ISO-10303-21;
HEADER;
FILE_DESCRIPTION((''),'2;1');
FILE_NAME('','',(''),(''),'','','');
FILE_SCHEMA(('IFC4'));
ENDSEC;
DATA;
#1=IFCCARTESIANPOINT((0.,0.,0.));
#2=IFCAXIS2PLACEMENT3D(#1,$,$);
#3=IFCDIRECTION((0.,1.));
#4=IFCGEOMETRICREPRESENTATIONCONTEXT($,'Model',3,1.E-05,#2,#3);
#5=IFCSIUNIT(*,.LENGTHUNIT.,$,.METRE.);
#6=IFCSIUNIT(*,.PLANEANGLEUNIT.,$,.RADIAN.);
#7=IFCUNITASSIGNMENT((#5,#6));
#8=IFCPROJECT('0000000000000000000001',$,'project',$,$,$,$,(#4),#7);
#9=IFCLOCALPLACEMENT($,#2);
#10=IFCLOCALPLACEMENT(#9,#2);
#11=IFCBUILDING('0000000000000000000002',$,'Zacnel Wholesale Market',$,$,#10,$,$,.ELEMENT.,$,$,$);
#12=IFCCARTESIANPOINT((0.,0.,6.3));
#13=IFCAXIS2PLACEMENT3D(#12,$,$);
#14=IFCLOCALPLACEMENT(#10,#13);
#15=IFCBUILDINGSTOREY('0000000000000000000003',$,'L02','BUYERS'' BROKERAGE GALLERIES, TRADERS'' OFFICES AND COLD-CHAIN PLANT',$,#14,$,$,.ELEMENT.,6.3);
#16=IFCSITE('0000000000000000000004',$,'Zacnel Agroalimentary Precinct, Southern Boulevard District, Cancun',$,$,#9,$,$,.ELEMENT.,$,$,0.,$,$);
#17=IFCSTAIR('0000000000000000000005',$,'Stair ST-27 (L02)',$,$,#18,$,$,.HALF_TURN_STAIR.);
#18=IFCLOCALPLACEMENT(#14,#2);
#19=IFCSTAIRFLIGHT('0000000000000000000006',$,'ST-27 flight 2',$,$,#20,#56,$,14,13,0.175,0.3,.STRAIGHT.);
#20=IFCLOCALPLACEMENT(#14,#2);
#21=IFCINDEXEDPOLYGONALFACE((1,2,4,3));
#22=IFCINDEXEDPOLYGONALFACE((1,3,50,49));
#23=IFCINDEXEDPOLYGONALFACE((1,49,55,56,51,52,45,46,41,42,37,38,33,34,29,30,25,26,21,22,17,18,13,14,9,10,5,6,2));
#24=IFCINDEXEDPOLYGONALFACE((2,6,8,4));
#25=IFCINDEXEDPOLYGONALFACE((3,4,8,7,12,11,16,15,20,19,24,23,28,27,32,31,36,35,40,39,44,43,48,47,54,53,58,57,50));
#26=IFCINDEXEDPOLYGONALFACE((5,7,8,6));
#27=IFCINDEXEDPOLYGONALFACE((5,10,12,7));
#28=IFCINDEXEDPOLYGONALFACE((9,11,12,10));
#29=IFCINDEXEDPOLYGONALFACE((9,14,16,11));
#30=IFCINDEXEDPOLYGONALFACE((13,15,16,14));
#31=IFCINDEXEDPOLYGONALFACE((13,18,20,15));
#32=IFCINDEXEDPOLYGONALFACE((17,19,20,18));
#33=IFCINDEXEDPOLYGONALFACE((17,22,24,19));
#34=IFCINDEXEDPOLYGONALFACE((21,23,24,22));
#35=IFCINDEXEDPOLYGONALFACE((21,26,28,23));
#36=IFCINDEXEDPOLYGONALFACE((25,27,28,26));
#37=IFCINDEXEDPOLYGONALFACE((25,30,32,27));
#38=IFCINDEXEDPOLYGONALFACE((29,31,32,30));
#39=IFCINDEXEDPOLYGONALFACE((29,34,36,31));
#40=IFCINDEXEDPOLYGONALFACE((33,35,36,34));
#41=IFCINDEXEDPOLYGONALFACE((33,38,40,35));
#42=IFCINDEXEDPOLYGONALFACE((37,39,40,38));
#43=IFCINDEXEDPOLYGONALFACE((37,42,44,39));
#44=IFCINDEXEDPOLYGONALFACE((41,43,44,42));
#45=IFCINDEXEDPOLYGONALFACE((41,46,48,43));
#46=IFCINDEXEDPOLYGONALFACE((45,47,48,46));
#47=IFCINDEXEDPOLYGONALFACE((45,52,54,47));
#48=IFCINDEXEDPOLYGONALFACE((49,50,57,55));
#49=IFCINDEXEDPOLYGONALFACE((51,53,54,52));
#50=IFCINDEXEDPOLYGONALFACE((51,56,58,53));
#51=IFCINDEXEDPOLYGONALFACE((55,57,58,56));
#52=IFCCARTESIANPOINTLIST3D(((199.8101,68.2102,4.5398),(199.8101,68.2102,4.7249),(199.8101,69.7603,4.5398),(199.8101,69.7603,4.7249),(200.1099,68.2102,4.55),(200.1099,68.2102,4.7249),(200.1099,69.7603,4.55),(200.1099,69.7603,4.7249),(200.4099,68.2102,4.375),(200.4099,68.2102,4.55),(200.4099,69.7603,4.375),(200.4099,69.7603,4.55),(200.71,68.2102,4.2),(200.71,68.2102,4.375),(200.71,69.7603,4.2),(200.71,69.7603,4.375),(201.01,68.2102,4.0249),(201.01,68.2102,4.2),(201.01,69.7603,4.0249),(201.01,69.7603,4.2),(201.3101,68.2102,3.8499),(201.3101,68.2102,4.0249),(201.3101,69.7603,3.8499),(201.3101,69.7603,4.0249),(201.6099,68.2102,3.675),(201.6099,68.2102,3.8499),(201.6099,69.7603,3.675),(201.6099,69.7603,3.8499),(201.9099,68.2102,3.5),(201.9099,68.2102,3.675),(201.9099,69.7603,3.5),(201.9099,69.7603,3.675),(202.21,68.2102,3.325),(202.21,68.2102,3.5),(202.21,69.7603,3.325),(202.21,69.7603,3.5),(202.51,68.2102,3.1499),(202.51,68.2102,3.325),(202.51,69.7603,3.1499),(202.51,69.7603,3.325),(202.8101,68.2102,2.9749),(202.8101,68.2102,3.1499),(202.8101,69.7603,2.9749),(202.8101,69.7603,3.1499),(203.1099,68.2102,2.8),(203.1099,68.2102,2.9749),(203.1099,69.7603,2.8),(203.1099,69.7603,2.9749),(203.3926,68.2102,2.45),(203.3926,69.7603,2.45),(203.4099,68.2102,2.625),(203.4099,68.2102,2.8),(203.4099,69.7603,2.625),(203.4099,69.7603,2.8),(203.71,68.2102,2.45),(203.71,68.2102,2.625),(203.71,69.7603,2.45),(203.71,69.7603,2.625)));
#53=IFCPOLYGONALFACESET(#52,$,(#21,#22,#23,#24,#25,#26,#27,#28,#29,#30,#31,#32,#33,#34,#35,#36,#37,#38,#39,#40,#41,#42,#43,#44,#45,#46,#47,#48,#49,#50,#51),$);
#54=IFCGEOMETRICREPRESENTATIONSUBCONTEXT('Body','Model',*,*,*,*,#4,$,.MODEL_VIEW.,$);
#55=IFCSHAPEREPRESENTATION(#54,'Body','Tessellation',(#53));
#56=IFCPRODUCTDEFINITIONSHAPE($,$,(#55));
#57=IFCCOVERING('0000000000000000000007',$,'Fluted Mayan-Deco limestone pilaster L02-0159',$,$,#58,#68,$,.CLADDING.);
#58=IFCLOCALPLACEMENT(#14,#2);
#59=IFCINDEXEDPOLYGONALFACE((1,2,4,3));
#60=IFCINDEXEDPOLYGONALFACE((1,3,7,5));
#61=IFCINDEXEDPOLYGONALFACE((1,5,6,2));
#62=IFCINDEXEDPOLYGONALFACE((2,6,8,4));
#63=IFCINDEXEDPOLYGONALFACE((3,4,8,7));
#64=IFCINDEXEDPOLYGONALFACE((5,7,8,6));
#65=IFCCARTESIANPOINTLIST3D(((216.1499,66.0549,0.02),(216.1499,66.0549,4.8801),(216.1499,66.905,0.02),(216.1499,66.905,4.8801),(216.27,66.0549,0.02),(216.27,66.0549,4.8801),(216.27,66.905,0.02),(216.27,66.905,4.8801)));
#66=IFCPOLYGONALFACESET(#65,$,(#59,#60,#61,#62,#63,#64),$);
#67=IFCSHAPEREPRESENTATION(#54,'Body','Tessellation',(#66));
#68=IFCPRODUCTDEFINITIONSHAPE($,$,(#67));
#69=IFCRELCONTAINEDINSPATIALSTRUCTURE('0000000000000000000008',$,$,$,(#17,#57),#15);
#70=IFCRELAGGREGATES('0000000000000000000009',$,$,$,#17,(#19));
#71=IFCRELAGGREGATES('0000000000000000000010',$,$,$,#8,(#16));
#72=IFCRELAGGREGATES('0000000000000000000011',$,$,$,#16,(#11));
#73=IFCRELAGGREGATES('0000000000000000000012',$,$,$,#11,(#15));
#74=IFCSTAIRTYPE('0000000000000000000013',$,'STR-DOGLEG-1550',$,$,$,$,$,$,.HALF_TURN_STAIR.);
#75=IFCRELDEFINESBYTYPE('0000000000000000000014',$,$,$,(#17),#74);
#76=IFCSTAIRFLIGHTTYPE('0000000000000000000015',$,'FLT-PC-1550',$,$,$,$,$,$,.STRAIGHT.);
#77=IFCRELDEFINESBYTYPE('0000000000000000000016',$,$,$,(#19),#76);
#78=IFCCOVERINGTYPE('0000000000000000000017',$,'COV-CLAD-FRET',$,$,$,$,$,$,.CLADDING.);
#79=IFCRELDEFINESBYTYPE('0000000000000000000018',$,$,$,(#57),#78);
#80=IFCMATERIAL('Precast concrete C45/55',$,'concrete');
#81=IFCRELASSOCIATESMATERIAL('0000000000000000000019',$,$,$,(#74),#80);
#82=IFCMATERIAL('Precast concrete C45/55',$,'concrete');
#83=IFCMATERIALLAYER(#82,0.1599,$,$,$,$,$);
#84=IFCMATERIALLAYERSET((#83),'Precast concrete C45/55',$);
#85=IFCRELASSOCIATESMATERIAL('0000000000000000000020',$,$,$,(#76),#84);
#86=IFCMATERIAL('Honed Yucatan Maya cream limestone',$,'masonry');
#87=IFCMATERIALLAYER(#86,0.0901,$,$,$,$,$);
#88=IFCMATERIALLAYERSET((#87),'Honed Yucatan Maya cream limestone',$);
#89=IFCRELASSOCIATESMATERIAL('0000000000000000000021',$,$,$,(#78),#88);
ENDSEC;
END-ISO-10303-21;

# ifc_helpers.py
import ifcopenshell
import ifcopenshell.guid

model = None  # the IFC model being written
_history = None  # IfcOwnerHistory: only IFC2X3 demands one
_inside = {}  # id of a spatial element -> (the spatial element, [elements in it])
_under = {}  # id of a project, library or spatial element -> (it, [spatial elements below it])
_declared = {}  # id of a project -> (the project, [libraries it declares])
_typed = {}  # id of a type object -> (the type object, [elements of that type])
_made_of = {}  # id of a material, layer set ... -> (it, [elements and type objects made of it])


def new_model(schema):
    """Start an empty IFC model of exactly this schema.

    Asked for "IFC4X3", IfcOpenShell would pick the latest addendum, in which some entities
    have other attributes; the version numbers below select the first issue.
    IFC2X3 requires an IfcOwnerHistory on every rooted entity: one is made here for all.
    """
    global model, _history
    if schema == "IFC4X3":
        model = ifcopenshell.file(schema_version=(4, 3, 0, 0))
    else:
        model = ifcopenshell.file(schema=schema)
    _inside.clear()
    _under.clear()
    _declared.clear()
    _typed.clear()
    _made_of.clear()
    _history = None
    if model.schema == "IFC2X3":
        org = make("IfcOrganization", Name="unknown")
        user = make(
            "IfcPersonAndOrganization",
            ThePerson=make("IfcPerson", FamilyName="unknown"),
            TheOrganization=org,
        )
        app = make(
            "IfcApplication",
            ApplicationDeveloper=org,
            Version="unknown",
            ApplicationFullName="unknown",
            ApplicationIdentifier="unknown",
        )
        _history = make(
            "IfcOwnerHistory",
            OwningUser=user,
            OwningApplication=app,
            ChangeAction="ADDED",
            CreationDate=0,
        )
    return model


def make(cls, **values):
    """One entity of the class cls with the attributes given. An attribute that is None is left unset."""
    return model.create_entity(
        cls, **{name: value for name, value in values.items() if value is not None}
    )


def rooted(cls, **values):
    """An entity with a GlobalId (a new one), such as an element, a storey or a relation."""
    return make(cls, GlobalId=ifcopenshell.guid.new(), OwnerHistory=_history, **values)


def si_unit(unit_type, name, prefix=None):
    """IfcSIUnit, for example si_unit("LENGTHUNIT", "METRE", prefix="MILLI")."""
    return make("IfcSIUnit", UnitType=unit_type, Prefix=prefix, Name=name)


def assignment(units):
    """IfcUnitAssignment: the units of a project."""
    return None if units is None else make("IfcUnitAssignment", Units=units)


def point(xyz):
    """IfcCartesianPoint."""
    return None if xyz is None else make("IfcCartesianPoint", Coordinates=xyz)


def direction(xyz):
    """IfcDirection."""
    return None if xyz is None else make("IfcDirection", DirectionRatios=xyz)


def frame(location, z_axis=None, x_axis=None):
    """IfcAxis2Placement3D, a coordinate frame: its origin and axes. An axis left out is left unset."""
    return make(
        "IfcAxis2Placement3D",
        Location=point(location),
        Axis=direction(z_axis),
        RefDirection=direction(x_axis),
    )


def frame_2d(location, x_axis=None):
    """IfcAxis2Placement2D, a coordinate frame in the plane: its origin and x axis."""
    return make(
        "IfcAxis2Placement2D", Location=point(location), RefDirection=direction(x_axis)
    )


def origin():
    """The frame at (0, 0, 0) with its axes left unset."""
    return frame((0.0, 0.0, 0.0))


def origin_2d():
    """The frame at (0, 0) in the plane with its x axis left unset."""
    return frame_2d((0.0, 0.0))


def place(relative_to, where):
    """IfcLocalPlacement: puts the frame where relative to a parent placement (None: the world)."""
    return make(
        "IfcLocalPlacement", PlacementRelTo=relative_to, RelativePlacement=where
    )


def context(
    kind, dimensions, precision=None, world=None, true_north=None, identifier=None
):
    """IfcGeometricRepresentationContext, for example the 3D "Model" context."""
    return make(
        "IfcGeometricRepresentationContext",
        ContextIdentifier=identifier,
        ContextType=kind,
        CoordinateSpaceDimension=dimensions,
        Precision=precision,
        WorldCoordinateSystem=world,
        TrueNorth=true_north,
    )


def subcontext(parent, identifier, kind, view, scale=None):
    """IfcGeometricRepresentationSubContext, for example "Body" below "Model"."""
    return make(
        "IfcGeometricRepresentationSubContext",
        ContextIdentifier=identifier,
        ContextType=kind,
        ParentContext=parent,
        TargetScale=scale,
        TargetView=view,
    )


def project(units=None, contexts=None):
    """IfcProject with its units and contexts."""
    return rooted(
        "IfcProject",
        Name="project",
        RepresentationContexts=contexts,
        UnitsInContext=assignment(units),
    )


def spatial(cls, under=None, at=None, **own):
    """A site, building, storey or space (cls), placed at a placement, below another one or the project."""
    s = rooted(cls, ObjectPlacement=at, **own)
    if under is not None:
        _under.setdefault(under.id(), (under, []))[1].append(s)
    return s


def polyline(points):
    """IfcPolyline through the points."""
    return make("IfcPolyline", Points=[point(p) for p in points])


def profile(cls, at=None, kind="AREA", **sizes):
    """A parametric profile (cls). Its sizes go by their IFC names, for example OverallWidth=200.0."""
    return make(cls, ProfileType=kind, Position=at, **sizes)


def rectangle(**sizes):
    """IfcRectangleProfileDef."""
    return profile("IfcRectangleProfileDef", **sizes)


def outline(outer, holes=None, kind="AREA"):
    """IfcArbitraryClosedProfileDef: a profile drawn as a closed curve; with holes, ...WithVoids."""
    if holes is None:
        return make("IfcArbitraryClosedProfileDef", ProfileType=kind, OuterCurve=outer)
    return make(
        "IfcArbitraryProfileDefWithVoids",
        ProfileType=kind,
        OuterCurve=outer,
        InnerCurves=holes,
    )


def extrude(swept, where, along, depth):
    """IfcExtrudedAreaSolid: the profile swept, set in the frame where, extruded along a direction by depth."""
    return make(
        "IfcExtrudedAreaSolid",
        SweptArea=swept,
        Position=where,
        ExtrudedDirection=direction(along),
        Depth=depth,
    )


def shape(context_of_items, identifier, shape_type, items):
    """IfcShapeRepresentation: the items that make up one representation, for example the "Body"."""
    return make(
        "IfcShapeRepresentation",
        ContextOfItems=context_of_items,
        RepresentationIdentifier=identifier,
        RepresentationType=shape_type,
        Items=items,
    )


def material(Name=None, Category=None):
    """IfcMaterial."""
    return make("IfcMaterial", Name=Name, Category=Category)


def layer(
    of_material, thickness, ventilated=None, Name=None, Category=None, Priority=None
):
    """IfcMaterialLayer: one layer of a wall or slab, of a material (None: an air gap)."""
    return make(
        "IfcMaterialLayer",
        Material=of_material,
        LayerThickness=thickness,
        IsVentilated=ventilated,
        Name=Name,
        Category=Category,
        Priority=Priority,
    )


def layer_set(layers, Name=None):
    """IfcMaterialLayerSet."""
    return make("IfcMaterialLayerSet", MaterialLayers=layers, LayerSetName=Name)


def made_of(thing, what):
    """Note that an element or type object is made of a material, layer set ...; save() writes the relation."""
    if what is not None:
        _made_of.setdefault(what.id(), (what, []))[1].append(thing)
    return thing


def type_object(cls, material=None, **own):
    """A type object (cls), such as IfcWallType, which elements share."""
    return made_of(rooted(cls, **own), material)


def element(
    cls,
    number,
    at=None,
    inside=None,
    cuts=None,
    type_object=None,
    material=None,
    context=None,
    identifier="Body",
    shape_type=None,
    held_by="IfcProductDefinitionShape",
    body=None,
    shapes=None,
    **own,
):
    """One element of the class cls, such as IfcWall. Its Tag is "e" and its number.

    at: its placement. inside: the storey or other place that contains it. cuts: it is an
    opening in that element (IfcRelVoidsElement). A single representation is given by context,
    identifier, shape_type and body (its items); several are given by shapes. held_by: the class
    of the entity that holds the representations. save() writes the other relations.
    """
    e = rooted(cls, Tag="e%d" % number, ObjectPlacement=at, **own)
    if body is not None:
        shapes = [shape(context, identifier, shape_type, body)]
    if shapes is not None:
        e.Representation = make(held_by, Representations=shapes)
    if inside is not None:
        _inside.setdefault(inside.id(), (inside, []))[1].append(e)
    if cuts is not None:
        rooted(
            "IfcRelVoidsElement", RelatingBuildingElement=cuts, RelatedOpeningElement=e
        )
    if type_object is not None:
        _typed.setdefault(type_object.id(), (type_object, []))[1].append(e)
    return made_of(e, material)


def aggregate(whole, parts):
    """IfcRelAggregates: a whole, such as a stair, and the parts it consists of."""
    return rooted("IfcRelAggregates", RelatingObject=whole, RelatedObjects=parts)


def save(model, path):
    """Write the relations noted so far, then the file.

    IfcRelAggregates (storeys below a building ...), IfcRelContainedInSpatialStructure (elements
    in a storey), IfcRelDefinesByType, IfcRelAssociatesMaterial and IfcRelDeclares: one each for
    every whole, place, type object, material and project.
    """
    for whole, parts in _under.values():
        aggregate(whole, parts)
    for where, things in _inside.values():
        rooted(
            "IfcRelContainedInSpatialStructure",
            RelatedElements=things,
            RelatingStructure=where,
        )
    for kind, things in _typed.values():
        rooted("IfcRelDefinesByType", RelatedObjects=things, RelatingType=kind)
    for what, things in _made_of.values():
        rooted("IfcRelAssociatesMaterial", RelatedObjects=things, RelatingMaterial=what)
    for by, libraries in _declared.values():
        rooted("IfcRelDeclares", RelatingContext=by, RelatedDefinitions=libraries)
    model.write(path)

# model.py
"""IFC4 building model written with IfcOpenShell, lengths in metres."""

from ifc_helpers import new_model, si_unit, direction, frame, origin, origin_2d, place, context, subcontext, project, spatial, polyline, rectangle, outline, extrude, material, layer, layer_set, type_object, element, aggregate, save


model = new_model("IFC4")

# Units and contexts
model_context = context("Model", 3, precision=1e-05, world=origin(), true_north=direction((0.0, 1.0)))
body_context = subcontext(model_context, "Body", "Model", "MODEL_VIEW")
ifc_project = project(units=[si_unit("LENGTHUNIT", "METRE"), si_unit("PLANEANGLEUNIT", "RADIAN")], contexts=[model_context])

# Site, building, storey
site_placement = place(None, origin())
site = spatial("IfcSite", under=ifc_project, at=site_placement, Name="Zacnel Agroalimentary Precinct, Southern Boulevard District, Cancun", CompositionType="ELEMENT", RefElevation=0.0)
building_placement = place(site_placement, origin())
building = spatial("IfcBuilding", under=site, at=building_placement, Name="Zacnel Wholesale Market", CompositionType="ELEMENT")
storey_placement = place(building_placement, frame((0.0, 0.0, 6.3)))
storey = spatial("IfcBuildingStorey", under=building, at=storey_placement, Name="L02", Description="BUYERS' BROKERAGE GALLERIES, TRADERS' OFFICES AND COLD-CHAIN PLANT", CompositionType="ELEMENT", Elevation=6.3)

# Stair, stair flight
ifc_material_1 = material(Name="Precast concrete C45/55", Category="concrete")
stair_type = type_object("IfcStairType", Name="STR-DOGLEG-1550", PredefinedType="HALF_TURN_STAIR", material=ifc_material_1)
stair_placement = place(storey_placement, origin())
stair = element("IfcStair", 1, at=stair_placement, inside=storey, type_object=stair_type, Name="Stair ST-27 (L02)", PredefinedType="HALF_TURN_STAIR")
ifc_material_2 = material(Name="Precast concrete C45/55", Category="concrete")
ifc_layer_1 = layer(ifc_material_2, 0.1599)
ifc_layer_set_1 = layer_set([ifc_layer_1], Name="Precast concrete C45/55")
stair_flight_type = type_object("IfcStairFlightType", Name="FLT-PC-1550", PredefinedType="STRAIGHT", material=ifc_layer_set_1)
stair_flight_1_placement = place(storey_placement, frame((203.71, 68.9851, 2.45), z_axis=(0.0, 0.0, 1.0), x_axis=(-1.0, 0.0, 0.0)))
stair_flight_1 = element("IfcStairFlight", 2, at=stair_flight_1_placement, type_object=stair_flight_type, Name="ST-27 flight 2", NumberOfRisers=14, NumberOfTreads=13, PredefinedType="STRAIGHT", RiserHeight=0.175, TreadLength=0.3, context=body_context, shape_type="SweptSolid", body=[
    extrude(outline(polyline([(0.0, 0.0), (0.0, 0.175), (0.3, 0.175), (0.3, 0.3501), (0.6001, 0.3501), (0.6001, 0.5249), (0.8999, 0.5249), (0.8999, 0.7), (1.2, 0.7), (1.2, 0.875), (1.5, 0.875), (1.5, 1.05), (1.8, 1.05), (1.8, 1.2251), (2.1001, 1.2251), (2.1001, 1.3999), (2.3999, 1.3999), (2.3999, 1.575), (2.7, 1.575), (2.7, 1.75), (3.0, 1.75), (3.0, 1.925), (3.3, 1.925), (3.3, 2.1001), (3.6001, 2.1001), (3.6001, 2.2749), (3.8999, 2.2749), (3.8999, 2.45), (3.8999, 2.0898), (0.3174, 0.0), (0.0, 0.0)])), frame((0.0, 0.7749, 0.0), z_axis=(0.0, -1.0, 0.0), x_axis=(1.0, 0.0, 0.0)), (0.0, 0.0, 1.0), 1.55),
])
aggregate(stair, [stair_flight_1])

# Covering
ifc_material_3 = material(Name="Honed Yucatan Maya cream limestone", Category="masonry")
ifc_layer_2 = layer(ifc_material_3, 0.0901)
ifc_layer_set_2 = layer_set([ifc_layer_2], Name="Honed Yucatan Maya cream limestone")
covering_type = type_object("IfcCoveringType", Name="COV-CLAD-FRET", PredefinedType="CLADDING", material=ifc_layer_set_2)
covering_placement = place(storey_placement, frame((216.21, 66.48, 0.02), z_axis=(0.0, 0.0, 1.0), x_axis=(0.0, 1.0, 0.0)))
element("IfcCovering", 3, at=covering_placement, inside=storey, type_object=covering_type, Name="Fluted Mayan-Deco limestone pilaster L02-0159", PredefinedType="CLADDING", context=body_context, shape_type="SweptSolid", body=[
    extrude(rectangle(XDim=0.8501, YDim=0.1201, at=origin_2d()), origin(), (0.0, 0.0, 1.0), 4.8601),
])

save(model, "model.ifc")
